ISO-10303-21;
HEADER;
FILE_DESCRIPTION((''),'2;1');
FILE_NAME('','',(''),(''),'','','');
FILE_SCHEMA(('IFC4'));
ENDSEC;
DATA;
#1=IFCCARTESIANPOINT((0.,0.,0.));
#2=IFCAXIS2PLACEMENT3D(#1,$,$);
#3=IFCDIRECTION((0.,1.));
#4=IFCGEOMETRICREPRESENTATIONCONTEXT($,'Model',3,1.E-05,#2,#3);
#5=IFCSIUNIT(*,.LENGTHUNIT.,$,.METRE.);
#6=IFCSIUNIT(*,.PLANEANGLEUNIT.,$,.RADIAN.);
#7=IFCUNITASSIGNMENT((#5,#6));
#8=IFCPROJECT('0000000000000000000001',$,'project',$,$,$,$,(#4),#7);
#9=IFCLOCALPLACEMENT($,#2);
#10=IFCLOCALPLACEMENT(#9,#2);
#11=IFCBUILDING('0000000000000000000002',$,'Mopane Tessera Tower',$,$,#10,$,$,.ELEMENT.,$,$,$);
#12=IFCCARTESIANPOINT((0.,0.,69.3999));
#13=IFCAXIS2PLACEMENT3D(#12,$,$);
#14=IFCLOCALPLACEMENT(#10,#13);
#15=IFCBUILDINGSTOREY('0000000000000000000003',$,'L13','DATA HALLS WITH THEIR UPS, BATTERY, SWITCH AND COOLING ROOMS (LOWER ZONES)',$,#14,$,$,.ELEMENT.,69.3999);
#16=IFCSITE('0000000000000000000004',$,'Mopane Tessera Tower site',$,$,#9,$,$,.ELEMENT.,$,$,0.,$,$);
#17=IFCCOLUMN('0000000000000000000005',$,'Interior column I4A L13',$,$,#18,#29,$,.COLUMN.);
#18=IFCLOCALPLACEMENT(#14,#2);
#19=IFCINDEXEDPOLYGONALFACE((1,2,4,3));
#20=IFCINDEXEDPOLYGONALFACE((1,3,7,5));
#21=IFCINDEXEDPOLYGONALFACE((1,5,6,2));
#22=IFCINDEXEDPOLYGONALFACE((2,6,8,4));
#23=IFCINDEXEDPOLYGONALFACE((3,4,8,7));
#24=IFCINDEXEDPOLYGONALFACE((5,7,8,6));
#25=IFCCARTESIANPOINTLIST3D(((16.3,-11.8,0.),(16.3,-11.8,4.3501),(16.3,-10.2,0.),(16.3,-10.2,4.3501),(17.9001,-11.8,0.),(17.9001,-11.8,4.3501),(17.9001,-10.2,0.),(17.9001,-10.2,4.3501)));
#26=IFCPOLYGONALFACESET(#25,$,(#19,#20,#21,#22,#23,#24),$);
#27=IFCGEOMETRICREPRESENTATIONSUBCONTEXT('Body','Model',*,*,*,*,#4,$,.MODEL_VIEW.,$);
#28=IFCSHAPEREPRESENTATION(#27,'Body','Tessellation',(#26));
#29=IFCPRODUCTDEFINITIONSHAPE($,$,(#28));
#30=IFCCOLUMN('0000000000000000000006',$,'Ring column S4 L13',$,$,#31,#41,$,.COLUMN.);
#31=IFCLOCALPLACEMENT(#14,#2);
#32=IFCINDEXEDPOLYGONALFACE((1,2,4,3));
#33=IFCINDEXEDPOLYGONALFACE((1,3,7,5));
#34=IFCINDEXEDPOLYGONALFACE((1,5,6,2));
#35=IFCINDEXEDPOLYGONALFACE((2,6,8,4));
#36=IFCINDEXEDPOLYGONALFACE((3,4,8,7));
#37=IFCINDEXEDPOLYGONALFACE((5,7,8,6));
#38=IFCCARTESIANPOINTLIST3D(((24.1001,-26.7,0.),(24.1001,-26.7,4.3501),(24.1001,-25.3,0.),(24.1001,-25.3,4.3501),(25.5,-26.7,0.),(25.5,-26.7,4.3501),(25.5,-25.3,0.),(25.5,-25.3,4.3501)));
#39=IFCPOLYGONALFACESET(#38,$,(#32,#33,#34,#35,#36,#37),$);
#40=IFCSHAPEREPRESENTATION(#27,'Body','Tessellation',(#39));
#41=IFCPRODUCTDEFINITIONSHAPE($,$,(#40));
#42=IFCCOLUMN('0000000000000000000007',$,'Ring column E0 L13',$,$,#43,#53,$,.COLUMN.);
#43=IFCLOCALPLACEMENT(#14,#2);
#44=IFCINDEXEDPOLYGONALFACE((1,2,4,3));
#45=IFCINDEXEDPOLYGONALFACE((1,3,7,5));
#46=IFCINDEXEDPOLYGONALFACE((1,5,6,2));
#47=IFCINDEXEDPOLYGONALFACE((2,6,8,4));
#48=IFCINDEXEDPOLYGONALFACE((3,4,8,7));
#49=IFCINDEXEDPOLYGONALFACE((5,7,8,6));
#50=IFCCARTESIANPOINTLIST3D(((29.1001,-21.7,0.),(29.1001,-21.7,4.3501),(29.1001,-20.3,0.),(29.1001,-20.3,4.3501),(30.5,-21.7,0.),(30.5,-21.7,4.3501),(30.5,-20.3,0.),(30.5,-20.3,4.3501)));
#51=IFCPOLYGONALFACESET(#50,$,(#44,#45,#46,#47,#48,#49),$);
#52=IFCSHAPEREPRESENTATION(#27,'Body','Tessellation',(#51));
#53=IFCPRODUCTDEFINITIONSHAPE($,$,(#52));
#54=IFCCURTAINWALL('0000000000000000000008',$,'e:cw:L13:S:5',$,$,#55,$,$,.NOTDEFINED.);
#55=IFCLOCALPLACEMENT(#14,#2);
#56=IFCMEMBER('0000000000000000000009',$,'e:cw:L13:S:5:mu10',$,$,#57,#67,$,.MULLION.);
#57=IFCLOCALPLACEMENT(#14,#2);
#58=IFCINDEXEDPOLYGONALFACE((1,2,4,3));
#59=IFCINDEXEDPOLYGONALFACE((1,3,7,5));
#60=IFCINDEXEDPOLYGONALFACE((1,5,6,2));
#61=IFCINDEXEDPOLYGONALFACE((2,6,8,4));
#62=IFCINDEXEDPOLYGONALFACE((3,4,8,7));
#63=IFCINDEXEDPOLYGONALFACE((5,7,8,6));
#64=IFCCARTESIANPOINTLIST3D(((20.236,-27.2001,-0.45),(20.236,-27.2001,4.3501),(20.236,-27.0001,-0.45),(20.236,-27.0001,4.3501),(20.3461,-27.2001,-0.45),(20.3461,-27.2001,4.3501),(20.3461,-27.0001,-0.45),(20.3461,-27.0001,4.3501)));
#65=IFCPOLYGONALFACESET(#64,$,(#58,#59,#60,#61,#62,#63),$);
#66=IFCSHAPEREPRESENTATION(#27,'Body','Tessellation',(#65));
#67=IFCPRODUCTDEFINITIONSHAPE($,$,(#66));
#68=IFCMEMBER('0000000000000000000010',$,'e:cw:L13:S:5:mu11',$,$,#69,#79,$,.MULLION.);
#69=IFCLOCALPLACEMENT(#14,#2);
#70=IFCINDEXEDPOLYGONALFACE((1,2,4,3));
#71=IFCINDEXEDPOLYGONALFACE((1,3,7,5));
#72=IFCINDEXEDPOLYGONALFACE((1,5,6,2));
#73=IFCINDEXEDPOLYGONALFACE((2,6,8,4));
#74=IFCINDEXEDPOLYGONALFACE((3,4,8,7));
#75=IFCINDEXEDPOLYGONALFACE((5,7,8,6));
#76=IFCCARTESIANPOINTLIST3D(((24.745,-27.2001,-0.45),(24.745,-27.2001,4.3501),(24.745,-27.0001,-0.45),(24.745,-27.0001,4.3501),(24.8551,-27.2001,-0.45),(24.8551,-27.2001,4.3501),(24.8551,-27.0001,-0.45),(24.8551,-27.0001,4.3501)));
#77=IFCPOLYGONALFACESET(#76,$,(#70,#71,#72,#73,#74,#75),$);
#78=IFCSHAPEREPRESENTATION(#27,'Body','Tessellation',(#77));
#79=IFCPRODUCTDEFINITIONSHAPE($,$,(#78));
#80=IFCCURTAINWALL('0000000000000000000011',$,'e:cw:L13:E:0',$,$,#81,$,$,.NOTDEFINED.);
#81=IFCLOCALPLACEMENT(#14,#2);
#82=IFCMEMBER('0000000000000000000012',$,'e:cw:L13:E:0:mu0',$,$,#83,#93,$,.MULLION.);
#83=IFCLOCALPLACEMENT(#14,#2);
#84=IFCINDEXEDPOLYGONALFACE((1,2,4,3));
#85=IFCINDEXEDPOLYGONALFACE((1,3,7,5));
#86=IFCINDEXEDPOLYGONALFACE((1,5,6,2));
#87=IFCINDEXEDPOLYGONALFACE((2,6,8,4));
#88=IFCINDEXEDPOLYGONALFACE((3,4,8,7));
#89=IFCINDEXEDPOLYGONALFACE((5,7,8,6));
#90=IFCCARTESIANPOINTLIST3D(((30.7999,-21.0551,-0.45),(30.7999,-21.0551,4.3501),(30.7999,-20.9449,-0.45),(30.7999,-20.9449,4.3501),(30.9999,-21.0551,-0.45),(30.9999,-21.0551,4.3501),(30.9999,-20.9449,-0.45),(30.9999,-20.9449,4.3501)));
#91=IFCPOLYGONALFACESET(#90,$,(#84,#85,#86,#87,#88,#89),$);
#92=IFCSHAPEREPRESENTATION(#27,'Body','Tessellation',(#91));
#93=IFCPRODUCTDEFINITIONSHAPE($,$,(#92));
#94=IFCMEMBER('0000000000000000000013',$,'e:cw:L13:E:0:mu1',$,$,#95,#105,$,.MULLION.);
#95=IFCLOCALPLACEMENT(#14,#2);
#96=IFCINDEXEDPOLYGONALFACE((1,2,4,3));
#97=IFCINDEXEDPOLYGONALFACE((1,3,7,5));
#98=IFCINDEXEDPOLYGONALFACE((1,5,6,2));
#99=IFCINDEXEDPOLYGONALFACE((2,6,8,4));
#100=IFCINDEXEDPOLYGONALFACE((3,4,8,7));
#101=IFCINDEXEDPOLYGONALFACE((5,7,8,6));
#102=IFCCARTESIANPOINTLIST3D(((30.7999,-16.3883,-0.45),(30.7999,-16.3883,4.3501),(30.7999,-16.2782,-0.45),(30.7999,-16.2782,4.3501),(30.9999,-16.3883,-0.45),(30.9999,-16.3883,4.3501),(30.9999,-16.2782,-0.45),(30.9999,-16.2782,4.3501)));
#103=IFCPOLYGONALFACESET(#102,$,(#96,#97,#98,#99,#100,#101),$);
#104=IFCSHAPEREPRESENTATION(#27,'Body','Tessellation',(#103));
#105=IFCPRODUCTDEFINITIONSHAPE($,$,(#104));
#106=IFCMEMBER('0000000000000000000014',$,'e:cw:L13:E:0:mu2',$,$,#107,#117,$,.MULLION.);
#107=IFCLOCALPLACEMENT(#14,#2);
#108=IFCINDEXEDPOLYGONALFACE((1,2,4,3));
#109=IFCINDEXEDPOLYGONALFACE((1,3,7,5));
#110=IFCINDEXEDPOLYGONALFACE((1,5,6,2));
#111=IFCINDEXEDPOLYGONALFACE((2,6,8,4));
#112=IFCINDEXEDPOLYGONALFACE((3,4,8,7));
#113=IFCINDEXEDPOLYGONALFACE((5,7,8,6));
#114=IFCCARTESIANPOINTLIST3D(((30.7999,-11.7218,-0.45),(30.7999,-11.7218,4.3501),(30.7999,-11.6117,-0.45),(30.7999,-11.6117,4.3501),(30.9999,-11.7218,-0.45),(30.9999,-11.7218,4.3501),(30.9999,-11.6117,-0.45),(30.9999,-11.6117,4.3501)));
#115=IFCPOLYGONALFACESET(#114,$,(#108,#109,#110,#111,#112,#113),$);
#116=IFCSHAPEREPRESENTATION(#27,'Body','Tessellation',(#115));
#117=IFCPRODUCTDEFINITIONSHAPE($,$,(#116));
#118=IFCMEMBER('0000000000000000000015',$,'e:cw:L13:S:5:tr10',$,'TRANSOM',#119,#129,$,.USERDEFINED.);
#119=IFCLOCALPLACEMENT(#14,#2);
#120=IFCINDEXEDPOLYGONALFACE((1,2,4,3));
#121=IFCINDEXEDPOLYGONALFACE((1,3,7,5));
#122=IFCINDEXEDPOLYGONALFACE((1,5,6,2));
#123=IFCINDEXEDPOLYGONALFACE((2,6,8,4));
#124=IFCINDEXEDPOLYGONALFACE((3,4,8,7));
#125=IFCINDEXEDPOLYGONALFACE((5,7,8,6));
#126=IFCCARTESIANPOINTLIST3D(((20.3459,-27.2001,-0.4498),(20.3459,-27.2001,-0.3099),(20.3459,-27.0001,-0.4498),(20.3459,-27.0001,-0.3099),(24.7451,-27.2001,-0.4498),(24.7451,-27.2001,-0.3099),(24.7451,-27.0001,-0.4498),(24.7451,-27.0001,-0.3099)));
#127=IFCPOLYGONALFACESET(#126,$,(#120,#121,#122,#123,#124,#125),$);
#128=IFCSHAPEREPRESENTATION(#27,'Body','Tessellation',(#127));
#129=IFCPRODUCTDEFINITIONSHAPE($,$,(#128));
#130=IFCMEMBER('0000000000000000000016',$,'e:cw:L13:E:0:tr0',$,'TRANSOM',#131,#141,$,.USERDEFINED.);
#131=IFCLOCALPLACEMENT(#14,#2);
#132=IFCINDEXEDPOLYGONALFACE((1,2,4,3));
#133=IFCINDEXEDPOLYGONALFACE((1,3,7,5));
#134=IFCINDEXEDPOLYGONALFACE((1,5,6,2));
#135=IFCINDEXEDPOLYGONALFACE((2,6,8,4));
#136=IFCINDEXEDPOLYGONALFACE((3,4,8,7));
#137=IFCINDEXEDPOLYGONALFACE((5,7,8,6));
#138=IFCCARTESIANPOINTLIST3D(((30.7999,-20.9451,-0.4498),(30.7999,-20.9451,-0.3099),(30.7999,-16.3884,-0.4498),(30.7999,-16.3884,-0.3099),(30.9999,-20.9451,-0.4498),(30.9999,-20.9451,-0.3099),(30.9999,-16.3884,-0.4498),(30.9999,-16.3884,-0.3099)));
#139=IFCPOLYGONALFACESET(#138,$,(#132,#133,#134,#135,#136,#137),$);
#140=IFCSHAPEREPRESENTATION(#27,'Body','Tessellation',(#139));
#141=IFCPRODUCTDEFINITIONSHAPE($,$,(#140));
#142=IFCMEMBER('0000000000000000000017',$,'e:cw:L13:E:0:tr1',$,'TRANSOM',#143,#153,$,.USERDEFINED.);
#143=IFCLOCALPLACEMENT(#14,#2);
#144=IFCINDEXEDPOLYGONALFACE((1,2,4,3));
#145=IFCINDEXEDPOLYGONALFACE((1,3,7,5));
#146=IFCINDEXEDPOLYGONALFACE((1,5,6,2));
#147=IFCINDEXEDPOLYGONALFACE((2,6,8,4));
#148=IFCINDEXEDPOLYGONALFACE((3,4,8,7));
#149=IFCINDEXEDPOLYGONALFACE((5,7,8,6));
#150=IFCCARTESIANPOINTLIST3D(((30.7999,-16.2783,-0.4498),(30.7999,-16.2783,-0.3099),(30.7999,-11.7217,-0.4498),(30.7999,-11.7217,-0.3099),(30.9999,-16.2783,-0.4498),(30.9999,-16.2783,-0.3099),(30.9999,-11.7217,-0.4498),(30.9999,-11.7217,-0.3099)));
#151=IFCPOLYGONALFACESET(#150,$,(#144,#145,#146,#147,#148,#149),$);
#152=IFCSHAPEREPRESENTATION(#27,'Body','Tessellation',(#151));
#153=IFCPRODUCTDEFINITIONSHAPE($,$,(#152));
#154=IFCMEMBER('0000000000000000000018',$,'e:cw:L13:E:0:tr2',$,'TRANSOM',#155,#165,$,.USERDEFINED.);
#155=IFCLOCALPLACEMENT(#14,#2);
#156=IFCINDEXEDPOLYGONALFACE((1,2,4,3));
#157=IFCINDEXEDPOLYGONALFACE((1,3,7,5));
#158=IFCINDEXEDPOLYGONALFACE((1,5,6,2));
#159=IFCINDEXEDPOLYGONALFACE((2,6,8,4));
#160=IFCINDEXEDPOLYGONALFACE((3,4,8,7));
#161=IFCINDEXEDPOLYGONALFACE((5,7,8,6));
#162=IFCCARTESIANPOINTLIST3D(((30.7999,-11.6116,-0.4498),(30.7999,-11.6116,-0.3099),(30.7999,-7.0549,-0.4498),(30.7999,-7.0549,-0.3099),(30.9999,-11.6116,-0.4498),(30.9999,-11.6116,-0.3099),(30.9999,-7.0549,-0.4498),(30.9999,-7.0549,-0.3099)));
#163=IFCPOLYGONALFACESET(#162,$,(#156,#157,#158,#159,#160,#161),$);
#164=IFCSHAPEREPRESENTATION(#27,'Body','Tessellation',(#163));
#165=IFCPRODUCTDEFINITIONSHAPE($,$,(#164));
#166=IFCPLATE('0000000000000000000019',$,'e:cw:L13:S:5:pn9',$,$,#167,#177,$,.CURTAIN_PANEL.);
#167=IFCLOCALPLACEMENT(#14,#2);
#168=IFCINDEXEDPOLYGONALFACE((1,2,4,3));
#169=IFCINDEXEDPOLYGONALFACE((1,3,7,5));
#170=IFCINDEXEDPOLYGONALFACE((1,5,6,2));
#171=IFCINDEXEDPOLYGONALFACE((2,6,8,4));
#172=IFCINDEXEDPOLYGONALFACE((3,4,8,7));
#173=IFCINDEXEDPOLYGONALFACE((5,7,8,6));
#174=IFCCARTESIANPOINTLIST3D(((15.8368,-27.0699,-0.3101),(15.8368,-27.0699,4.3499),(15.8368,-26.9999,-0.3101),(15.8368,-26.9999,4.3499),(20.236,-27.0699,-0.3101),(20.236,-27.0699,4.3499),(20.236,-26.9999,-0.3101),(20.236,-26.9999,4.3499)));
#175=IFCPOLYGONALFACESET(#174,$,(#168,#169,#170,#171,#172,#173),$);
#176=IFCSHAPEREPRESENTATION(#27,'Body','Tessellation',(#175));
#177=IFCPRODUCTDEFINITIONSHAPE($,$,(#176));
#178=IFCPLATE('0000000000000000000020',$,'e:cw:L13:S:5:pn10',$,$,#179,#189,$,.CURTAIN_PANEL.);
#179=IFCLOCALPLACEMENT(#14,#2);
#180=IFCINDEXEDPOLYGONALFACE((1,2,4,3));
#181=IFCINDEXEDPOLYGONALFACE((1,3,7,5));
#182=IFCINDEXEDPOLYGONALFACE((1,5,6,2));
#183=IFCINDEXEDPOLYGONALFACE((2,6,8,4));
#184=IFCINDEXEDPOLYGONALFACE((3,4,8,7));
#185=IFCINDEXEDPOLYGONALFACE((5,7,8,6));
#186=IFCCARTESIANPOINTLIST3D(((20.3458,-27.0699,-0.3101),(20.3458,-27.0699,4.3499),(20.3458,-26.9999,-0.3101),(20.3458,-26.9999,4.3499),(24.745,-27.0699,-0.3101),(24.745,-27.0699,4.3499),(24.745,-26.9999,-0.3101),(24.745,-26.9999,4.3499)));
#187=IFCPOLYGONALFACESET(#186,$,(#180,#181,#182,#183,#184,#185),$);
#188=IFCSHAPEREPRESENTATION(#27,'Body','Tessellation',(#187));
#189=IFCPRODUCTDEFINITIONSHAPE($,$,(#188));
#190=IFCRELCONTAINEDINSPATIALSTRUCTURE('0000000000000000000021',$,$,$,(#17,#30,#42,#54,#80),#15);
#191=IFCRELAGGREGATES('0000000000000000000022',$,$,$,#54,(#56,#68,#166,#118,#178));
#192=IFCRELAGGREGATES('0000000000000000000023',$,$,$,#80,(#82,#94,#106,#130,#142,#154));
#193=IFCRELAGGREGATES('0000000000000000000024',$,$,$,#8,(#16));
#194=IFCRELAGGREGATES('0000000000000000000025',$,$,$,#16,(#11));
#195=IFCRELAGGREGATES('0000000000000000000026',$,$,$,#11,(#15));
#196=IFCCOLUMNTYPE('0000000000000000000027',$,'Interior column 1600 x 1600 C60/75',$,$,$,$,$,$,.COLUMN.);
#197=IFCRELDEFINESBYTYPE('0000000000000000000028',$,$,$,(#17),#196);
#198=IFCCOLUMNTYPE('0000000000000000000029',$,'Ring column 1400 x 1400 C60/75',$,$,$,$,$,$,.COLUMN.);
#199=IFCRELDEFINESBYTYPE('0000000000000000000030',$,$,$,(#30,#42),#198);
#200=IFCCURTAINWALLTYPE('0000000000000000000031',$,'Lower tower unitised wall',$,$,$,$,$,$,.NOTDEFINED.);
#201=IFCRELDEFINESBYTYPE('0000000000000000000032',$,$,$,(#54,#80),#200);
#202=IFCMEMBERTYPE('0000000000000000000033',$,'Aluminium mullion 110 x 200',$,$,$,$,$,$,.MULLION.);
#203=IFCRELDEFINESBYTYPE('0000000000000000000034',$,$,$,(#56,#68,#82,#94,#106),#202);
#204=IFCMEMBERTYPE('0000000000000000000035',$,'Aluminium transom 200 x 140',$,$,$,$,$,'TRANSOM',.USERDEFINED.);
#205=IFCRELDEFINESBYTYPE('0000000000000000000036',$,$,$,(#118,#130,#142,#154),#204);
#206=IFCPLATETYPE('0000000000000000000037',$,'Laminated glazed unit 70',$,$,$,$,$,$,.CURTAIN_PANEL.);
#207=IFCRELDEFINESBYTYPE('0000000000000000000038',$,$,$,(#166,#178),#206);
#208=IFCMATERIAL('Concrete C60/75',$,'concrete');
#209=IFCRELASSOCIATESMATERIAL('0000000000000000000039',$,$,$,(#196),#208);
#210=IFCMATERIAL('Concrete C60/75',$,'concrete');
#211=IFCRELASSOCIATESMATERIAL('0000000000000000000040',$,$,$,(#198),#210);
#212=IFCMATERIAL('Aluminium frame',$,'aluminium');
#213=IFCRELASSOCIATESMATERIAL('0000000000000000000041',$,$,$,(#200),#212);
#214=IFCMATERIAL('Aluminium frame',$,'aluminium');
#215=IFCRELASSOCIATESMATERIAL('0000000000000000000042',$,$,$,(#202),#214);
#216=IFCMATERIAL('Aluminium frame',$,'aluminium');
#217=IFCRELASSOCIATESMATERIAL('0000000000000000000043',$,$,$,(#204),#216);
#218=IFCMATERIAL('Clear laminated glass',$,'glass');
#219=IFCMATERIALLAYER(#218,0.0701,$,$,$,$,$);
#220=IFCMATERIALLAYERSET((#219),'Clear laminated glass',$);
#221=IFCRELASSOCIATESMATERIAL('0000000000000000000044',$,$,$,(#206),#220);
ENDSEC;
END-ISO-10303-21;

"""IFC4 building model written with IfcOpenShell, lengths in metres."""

from ifc_helpers import new_model, si_unit, direction, frame, origin, origin_2d, place, context, subcontext, project, spatial, rectangle, extrude, material, layer, layer_set, material_profile, profile_set, type_object, element, aggregate, save


model = new_model("IFC4")

# Units and contexts
model_context = context("Model", 3, precision=1e-05, world=origin(), true_north=direction((0.0, 1.0)))
body_context = subcontext(model_context, "Body", "Model", "MODEL_VIEW")
ifc_project = project(units=[si_unit("LENGTHUNIT", "METRE"), si_unit("PLANEANGLEUNIT", "RADIAN")], contexts=[model_context])

# Site, building, storey
site_placement = place(None, origin())
site = spatial("IfcSite", under=ifc_project, at=site_placement, Name="Mopane Tessera Tower site", CompositionType="ELEMENT", RefElevation=0.0)
building_placement = place(site_placement, origin())
building = spatial("IfcBuilding", under=site, at=building_placement, Name="Mopane Tessera Tower", CompositionType="ELEMENT")
storey_placement = place(building_placement, frame((0.0, 0.0, 69.3999)))
storey = spatial("IfcBuildingStorey", under=building, at=storey_placement, Name="L13", Description="DATA HALLS WITH THEIR UPS, BATTERY, SWITCH AND COOLING ROOMS (LOWER ZONES)", CompositionType="ELEMENT", Elevation=69.3999)

# Columns
ifc_material_1 = material(Name="Concrete C60/75", Category="concrete")
ifc_material_profile_1 = material_profile(ifc_material_1, rectangle(XDim=1.6001, YDim=1.6001, at=origin_2d()))
ifc_profile_set_1 = profile_set([ifc_material_profile_1], Name="Concrete C60/75")
column_type_1 = type_object("IfcColumnType", Name="Interior column 1600 x 1600 C60/75", PredefinedType="COLUMN", material=ifc_profile_set_1)
column_placement = place(storey_placement, frame((17.1001, -11.0, 0.0), z_axis=(0.0, 0.0, 1.0), x_axis=(1.0, 0.0, 0.0)))
element("IfcColumn", 1, at=column_placement, inside=storey, type_object=column_type_1, Name="Interior column I4A L13", PredefinedType="COLUMN", context=body_context, shape_type="SweptSolid", body=[
    extrude(rectangle(XDim=1.6001, YDim=1.6001, at=origin_2d()), origin(), (0.0, 0.0, 1.0), 4.3501),
])
ifc_material_2 = material(Name="Concrete C60/75", Category="concrete")
ifc_material_profile_2 = material_profile(ifc_material_2, rectangle(XDim=1.3999, YDim=1.3999, at=origin_2d()))
ifc_profile_set_2 = profile_set([ifc_material_profile_2], Name="Concrete C60/75")
column_type_2 = type_object("IfcColumnType", Name="Ring column 1400 x 1400 C60/75", PredefinedType="COLUMN", material=ifc_profile_set_2)
for number, where, z_axis, x_axis, name in (
    (2, (24.8, -26.0, 0.0), (0.0, 0.0, 1.0), (1.0, 0.0, 0.0), "Ring column S4 L13"),
    (3, (29.8, -21.0, 0.0), (0.0, 0.0, 1.0), (1.0, 0.0, 0.0), "Ring column E0 L13"),
):
    element("IfcColumn", number, at=place(storey_placement, frame(where, z_axis=z_axis, x_axis=x_axis)), inside=storey, type_object=column_type_2, Name=name, PredefinedType="COLUMN", context=body_context, shape_type="SweptSolid", body=[
        extrude(rectangle(XDim=1.3999, YDim=1.3999, at=origin_2d()), origin(), (0.0, 0.0, 1.0), 4.3501),
    ])

# Curtain walls, members
ifc_material_3 = material(Name="Aluminium frame", Category="aluminium")
curtain_wall_type = type_object("IfcCurtainWallType", Name="Lower tower unitised wall", PredefinedType="NOTDEFINED", material=ifc_material_3)
curtain_wall_1_placement = place(storey_placement, origin())
curtain_wall_1 = element("IfcCurtainWall", 4, at=curtain_wall_1_placement, inside=storey, type_object=curtain_wall_type, Name="e:cw:L13:S:5", PredefinedType="NOTDEFINED")
ifc_material_4 = material(Name="Aluminium frame", Category="aluminium")
ifc_material_profile_3 = material_profile(ifc_material_4, rectangle(XDim=0.1101, YDim=0.2, at=origin_2d()))
ifc_profile_set_3 = profile_set([ifc_material_profile_3], Name="Aluminium frame")
member_type_1 = type_object("IfcMemberType", Name="Aluminium mullion 110 x 200", PredefinedType="MULLION", material=ifc_profile_set_3)
member_1_placement = place(storey_placement, frame((20.291, -27.1001, -0.45), z_axis=(0.0, 0.0, 1.0), x_axis=(1.0, 0.0, 0.0)))
member_1 = element("IfcMember", 5, at=member_1_placement, type_object=member_type_1, Name="e:cw:L13:S:5:mu10", PredefinedType="MULLION", context=body_context, shape_type="SweptSolid", body=[
    extrude(rectangle(XDim=0.1101, YDim=0.2, at=origin_2d()), origin(), (0.0, 0.0, 1.0), 4.8),
])
member_2_placement = place(storey_placement, frame((24.8, -27.1001, -0.45), z_axis=(0.0, 0.0, 1.0), x_axis=(1.0, 0.0, 0.0)))
member_2 = element("IfcMember", 6, at=member_2_placement, type_object=member_type_1, Name="e:cw:L13:S:5:mu11", PredefinedType="MULLION", context=body_context, shape_type="SweptSolid", body=[
    extrude(rectangle(XDim=0.1101, YDim=0.2, at=origin_2d()), origin(), (0.0, 0.0, 1.0), 4.8),
])
curtain_wall_2_placement = place(storey_placement, origin())
curtain_wall_2 = element("IfcCurtainWall", 7, at=curtain_wall_2_placement, inside=storey, type_object=curtain_wall_type, Name="e:cw:L13:E:0", PredefinedType="NOTDEFINED")
member_3_placement = place(storey_placement, frame((30.8999, -21.0, -0.45), z_axis=(0.0, 0.0, 1.0), x_axis=(0.0, 1.0, 0.0)))
member_3 = element("IfcMember", 8, at=member_3_placement, type_object=member_type_1, Name="e:cw:L13:E:0:mu0", PredefinedType="MULLION", context=body_context, shape_type="SweptSolid", body=[
    extrude(rectangle(XDim=0.1101, YDim=0.2, at=origin_2d()), origin(), (0.0, 0.0, 1.0), 4.8),
])
member_4_placement = place(storey_placement, frame((30.8999, -16.3333, -0.45), z_axis=(0.0, 0.0, 1.0), x_axis=(0.0, 1.0, 0.0)))
member_4 = element("IfcMember", 9, at=member_4_placement, type_object=member_type_1, Name="e:cw:L13:E:0:mu1", PredefinedType="MULLION", context=body_context, shape_type="SweptSolid", body=[
    extrude(rectangle(XDim=0.1101, YDim=0.2, at=origin_2d()), origin(), (0.0, 0.0, 1.0), 4.8),
])
member_5_placement = place(storey_placement, frame((30.8999, -11.6667, -0.45), z_axis=(0.0, 0.0, 1.0), x_axis=(0.0, 1.0, 0.0)))
member_5 = element("IfcMember", 10, at=member_5_placement, type_object=member_type_1, Name="e:cw:L13:E:0:mu2", PredefinedType="MULLION", context=body_context, shape_type="SweptSolid", body=[
    extrude(rectangle(XDim=0.1101, YDim=0.2, at=origin_2d()), origin(), (0.0, 0.0, 1.0), 4.8),
])

# Members
ifc_material_5 = material(Name="Aluminium frame", Category="aluminium")
ifc_material_profile_4 = material_profile(ifc_material_5, rectangle(XDim=0.2, YDim=0.1399, at=origin_2d()))
ifc_profile_set_4 = profile_set([ifc_material_profile_4], Name="Aluminium frame")
member_type_2 = type_object("IfcMemberType", Name="Aluminium transom 200 x 140", ElementType="TRANSOM", PredefinedType="USERDEFINED", material=ifc_profile_set_4)
member_6_placement = place(storey_placement, frame((20.3459, -27.1001, -0.3799), z_axis=(1.0, 0.0, 0.0), x_axis=(0.0, 1.0, 0.0)))
member_6 = element("IfcMember", 11, at=member_6_placement, type_object=member_type_2, Name="e:cw:L13:S:5:tr10", ObjectType="TRANSOM", PredefinedType="USERDEFINED", context=body_context, shape_type="SweptSolid", body=[
    extrude(rectangle(XDim=0.2, YDim=0.1399, at=origin_2d()), origin(), (0.0, 0.0, 1.0), 4.3992),
])
member_7_placement = place(storey_placement, frame((30.8999, -20.9451, -0.3799), z_axis=(0.0, 1.0, 0.0), x_axis=(-1.0, 0.0, 0.0)))
member_7 = element("IfcMember", 12, at=member_7_placement, type_object=member_type_2, Name="e:cw:L13:E:0:tr0", ObjectType="TRANSOM", PredefinedType="USERDEFINED", context=body_context, shape_type="SweptSolid", body=[
    extrude(rectangle(XDim=0.2, YDim=0.1399, at=origin_2d()), origin(), (0.0, 0.0, 1.0), 4.5566),
])
member_8_placement = place(storey_placement, frame((30.8999, -16.2783, -0.3799), z_axis=(0.0, 1.0, 0.0), x_axis=(-1.0, 0.0, 0.0)))
member_8 = element("IfcMember", 13, at=member_8_placement, type_object=member_type_2, Name="e:cw:L13:E:0:tr1", ObjectType="TRANSOM", PredefinedType="USERDEFINED", context=body_context, shape_type="SweptSolid", body=[
    extrude(rectangle(XDim=0.2, YDim=0.1399, at=origin_2d()), origin(), (0.0, 0.0, 1.0), 4.5566),
])
member_9_placement = place(storey_placement, frame((30.8999, -11.6116, -0.3799), z_axis=(0.0, 1.0, 0.0), x_axis=(-1.0, 0.0, 0.0)))
member_9 = element("IfcMember", 14, at=member_9_placement, type_object=member_type_2, Name="e:cw:L13:E:0:tr2", ObjectType="TRANSOM", PredefinedType="USERDEFINED", context=body_context, shape_type="SweptSolid", body=[
    extrude(rectangle(XDim=0.2, YDim=0.1399, at=origin_2d()), origin(), (0.0, 0.0, 1.0), 4.5566),
])

# Plates
ifc_material_6 = material(Name="Clear laminated glass", Category="glass")
ifc_layer_1 = layer(ifc_material_6, 0.0701)
ifc_layer_set_1 = layer_set([ifc_layer_1], Name="Clear laminated glass")
plate_type = type_object("IfcPlateType", Name="Laminated glazed unit 70", PredefinedType="CURTAIN_PANEL", material=ifc_layer_set_1)
plate_1_placement = place(storey_placement, frame((18.0364, -27.0349, -0.3101), z_axis=(0.0, 0.0, 1.0), x_axis=(1.0, 0.0, 0.0)))
plate_1 = element("IfcPlate", 15, at=plate_1_placement, type_object=plate_type, Name="e:cw:L13:S:5:pn9", PredefinedType="CURTAIN_PANEL", context=body_context, shape_type="SweptSolid", body=[
    extrude(rectangle(XDim=4.3992, YDim=0.0701, at=origin_2d()), origin(), (0.0, 0.0, 1.0), 4.6599),
])
plate_2_placement = place(storey_placement, frame((22.5454, -27.0349, -0.3101), z_axis=(0.0, 0.0, 1.0), x_axis=(1.0, 0.0, 0.0)))
plate_2 = element("IfcPlate", 16, at=plate_2_placement, type_object=plate_type, Name="e:cw:L13:S:5:pn10", PredefinedType="CURTAIN_PANEL", context=body_context, shape_type="SweptSolid", body=[
    extrude(rectangle(XDim=4.3992, YDim=0.0701, at=origin_2d()), origin(), (0.0, 0.0, 1.0), 4.6599),
])
aggregate(curtain_wall_1, [member_1, member_2, plate_1, member_6, plate_2])
aggregate(curtain_wall_2, [member_3, member_4, member_5, member_7, member_8, member_9])

save(model, "model.ifc")
